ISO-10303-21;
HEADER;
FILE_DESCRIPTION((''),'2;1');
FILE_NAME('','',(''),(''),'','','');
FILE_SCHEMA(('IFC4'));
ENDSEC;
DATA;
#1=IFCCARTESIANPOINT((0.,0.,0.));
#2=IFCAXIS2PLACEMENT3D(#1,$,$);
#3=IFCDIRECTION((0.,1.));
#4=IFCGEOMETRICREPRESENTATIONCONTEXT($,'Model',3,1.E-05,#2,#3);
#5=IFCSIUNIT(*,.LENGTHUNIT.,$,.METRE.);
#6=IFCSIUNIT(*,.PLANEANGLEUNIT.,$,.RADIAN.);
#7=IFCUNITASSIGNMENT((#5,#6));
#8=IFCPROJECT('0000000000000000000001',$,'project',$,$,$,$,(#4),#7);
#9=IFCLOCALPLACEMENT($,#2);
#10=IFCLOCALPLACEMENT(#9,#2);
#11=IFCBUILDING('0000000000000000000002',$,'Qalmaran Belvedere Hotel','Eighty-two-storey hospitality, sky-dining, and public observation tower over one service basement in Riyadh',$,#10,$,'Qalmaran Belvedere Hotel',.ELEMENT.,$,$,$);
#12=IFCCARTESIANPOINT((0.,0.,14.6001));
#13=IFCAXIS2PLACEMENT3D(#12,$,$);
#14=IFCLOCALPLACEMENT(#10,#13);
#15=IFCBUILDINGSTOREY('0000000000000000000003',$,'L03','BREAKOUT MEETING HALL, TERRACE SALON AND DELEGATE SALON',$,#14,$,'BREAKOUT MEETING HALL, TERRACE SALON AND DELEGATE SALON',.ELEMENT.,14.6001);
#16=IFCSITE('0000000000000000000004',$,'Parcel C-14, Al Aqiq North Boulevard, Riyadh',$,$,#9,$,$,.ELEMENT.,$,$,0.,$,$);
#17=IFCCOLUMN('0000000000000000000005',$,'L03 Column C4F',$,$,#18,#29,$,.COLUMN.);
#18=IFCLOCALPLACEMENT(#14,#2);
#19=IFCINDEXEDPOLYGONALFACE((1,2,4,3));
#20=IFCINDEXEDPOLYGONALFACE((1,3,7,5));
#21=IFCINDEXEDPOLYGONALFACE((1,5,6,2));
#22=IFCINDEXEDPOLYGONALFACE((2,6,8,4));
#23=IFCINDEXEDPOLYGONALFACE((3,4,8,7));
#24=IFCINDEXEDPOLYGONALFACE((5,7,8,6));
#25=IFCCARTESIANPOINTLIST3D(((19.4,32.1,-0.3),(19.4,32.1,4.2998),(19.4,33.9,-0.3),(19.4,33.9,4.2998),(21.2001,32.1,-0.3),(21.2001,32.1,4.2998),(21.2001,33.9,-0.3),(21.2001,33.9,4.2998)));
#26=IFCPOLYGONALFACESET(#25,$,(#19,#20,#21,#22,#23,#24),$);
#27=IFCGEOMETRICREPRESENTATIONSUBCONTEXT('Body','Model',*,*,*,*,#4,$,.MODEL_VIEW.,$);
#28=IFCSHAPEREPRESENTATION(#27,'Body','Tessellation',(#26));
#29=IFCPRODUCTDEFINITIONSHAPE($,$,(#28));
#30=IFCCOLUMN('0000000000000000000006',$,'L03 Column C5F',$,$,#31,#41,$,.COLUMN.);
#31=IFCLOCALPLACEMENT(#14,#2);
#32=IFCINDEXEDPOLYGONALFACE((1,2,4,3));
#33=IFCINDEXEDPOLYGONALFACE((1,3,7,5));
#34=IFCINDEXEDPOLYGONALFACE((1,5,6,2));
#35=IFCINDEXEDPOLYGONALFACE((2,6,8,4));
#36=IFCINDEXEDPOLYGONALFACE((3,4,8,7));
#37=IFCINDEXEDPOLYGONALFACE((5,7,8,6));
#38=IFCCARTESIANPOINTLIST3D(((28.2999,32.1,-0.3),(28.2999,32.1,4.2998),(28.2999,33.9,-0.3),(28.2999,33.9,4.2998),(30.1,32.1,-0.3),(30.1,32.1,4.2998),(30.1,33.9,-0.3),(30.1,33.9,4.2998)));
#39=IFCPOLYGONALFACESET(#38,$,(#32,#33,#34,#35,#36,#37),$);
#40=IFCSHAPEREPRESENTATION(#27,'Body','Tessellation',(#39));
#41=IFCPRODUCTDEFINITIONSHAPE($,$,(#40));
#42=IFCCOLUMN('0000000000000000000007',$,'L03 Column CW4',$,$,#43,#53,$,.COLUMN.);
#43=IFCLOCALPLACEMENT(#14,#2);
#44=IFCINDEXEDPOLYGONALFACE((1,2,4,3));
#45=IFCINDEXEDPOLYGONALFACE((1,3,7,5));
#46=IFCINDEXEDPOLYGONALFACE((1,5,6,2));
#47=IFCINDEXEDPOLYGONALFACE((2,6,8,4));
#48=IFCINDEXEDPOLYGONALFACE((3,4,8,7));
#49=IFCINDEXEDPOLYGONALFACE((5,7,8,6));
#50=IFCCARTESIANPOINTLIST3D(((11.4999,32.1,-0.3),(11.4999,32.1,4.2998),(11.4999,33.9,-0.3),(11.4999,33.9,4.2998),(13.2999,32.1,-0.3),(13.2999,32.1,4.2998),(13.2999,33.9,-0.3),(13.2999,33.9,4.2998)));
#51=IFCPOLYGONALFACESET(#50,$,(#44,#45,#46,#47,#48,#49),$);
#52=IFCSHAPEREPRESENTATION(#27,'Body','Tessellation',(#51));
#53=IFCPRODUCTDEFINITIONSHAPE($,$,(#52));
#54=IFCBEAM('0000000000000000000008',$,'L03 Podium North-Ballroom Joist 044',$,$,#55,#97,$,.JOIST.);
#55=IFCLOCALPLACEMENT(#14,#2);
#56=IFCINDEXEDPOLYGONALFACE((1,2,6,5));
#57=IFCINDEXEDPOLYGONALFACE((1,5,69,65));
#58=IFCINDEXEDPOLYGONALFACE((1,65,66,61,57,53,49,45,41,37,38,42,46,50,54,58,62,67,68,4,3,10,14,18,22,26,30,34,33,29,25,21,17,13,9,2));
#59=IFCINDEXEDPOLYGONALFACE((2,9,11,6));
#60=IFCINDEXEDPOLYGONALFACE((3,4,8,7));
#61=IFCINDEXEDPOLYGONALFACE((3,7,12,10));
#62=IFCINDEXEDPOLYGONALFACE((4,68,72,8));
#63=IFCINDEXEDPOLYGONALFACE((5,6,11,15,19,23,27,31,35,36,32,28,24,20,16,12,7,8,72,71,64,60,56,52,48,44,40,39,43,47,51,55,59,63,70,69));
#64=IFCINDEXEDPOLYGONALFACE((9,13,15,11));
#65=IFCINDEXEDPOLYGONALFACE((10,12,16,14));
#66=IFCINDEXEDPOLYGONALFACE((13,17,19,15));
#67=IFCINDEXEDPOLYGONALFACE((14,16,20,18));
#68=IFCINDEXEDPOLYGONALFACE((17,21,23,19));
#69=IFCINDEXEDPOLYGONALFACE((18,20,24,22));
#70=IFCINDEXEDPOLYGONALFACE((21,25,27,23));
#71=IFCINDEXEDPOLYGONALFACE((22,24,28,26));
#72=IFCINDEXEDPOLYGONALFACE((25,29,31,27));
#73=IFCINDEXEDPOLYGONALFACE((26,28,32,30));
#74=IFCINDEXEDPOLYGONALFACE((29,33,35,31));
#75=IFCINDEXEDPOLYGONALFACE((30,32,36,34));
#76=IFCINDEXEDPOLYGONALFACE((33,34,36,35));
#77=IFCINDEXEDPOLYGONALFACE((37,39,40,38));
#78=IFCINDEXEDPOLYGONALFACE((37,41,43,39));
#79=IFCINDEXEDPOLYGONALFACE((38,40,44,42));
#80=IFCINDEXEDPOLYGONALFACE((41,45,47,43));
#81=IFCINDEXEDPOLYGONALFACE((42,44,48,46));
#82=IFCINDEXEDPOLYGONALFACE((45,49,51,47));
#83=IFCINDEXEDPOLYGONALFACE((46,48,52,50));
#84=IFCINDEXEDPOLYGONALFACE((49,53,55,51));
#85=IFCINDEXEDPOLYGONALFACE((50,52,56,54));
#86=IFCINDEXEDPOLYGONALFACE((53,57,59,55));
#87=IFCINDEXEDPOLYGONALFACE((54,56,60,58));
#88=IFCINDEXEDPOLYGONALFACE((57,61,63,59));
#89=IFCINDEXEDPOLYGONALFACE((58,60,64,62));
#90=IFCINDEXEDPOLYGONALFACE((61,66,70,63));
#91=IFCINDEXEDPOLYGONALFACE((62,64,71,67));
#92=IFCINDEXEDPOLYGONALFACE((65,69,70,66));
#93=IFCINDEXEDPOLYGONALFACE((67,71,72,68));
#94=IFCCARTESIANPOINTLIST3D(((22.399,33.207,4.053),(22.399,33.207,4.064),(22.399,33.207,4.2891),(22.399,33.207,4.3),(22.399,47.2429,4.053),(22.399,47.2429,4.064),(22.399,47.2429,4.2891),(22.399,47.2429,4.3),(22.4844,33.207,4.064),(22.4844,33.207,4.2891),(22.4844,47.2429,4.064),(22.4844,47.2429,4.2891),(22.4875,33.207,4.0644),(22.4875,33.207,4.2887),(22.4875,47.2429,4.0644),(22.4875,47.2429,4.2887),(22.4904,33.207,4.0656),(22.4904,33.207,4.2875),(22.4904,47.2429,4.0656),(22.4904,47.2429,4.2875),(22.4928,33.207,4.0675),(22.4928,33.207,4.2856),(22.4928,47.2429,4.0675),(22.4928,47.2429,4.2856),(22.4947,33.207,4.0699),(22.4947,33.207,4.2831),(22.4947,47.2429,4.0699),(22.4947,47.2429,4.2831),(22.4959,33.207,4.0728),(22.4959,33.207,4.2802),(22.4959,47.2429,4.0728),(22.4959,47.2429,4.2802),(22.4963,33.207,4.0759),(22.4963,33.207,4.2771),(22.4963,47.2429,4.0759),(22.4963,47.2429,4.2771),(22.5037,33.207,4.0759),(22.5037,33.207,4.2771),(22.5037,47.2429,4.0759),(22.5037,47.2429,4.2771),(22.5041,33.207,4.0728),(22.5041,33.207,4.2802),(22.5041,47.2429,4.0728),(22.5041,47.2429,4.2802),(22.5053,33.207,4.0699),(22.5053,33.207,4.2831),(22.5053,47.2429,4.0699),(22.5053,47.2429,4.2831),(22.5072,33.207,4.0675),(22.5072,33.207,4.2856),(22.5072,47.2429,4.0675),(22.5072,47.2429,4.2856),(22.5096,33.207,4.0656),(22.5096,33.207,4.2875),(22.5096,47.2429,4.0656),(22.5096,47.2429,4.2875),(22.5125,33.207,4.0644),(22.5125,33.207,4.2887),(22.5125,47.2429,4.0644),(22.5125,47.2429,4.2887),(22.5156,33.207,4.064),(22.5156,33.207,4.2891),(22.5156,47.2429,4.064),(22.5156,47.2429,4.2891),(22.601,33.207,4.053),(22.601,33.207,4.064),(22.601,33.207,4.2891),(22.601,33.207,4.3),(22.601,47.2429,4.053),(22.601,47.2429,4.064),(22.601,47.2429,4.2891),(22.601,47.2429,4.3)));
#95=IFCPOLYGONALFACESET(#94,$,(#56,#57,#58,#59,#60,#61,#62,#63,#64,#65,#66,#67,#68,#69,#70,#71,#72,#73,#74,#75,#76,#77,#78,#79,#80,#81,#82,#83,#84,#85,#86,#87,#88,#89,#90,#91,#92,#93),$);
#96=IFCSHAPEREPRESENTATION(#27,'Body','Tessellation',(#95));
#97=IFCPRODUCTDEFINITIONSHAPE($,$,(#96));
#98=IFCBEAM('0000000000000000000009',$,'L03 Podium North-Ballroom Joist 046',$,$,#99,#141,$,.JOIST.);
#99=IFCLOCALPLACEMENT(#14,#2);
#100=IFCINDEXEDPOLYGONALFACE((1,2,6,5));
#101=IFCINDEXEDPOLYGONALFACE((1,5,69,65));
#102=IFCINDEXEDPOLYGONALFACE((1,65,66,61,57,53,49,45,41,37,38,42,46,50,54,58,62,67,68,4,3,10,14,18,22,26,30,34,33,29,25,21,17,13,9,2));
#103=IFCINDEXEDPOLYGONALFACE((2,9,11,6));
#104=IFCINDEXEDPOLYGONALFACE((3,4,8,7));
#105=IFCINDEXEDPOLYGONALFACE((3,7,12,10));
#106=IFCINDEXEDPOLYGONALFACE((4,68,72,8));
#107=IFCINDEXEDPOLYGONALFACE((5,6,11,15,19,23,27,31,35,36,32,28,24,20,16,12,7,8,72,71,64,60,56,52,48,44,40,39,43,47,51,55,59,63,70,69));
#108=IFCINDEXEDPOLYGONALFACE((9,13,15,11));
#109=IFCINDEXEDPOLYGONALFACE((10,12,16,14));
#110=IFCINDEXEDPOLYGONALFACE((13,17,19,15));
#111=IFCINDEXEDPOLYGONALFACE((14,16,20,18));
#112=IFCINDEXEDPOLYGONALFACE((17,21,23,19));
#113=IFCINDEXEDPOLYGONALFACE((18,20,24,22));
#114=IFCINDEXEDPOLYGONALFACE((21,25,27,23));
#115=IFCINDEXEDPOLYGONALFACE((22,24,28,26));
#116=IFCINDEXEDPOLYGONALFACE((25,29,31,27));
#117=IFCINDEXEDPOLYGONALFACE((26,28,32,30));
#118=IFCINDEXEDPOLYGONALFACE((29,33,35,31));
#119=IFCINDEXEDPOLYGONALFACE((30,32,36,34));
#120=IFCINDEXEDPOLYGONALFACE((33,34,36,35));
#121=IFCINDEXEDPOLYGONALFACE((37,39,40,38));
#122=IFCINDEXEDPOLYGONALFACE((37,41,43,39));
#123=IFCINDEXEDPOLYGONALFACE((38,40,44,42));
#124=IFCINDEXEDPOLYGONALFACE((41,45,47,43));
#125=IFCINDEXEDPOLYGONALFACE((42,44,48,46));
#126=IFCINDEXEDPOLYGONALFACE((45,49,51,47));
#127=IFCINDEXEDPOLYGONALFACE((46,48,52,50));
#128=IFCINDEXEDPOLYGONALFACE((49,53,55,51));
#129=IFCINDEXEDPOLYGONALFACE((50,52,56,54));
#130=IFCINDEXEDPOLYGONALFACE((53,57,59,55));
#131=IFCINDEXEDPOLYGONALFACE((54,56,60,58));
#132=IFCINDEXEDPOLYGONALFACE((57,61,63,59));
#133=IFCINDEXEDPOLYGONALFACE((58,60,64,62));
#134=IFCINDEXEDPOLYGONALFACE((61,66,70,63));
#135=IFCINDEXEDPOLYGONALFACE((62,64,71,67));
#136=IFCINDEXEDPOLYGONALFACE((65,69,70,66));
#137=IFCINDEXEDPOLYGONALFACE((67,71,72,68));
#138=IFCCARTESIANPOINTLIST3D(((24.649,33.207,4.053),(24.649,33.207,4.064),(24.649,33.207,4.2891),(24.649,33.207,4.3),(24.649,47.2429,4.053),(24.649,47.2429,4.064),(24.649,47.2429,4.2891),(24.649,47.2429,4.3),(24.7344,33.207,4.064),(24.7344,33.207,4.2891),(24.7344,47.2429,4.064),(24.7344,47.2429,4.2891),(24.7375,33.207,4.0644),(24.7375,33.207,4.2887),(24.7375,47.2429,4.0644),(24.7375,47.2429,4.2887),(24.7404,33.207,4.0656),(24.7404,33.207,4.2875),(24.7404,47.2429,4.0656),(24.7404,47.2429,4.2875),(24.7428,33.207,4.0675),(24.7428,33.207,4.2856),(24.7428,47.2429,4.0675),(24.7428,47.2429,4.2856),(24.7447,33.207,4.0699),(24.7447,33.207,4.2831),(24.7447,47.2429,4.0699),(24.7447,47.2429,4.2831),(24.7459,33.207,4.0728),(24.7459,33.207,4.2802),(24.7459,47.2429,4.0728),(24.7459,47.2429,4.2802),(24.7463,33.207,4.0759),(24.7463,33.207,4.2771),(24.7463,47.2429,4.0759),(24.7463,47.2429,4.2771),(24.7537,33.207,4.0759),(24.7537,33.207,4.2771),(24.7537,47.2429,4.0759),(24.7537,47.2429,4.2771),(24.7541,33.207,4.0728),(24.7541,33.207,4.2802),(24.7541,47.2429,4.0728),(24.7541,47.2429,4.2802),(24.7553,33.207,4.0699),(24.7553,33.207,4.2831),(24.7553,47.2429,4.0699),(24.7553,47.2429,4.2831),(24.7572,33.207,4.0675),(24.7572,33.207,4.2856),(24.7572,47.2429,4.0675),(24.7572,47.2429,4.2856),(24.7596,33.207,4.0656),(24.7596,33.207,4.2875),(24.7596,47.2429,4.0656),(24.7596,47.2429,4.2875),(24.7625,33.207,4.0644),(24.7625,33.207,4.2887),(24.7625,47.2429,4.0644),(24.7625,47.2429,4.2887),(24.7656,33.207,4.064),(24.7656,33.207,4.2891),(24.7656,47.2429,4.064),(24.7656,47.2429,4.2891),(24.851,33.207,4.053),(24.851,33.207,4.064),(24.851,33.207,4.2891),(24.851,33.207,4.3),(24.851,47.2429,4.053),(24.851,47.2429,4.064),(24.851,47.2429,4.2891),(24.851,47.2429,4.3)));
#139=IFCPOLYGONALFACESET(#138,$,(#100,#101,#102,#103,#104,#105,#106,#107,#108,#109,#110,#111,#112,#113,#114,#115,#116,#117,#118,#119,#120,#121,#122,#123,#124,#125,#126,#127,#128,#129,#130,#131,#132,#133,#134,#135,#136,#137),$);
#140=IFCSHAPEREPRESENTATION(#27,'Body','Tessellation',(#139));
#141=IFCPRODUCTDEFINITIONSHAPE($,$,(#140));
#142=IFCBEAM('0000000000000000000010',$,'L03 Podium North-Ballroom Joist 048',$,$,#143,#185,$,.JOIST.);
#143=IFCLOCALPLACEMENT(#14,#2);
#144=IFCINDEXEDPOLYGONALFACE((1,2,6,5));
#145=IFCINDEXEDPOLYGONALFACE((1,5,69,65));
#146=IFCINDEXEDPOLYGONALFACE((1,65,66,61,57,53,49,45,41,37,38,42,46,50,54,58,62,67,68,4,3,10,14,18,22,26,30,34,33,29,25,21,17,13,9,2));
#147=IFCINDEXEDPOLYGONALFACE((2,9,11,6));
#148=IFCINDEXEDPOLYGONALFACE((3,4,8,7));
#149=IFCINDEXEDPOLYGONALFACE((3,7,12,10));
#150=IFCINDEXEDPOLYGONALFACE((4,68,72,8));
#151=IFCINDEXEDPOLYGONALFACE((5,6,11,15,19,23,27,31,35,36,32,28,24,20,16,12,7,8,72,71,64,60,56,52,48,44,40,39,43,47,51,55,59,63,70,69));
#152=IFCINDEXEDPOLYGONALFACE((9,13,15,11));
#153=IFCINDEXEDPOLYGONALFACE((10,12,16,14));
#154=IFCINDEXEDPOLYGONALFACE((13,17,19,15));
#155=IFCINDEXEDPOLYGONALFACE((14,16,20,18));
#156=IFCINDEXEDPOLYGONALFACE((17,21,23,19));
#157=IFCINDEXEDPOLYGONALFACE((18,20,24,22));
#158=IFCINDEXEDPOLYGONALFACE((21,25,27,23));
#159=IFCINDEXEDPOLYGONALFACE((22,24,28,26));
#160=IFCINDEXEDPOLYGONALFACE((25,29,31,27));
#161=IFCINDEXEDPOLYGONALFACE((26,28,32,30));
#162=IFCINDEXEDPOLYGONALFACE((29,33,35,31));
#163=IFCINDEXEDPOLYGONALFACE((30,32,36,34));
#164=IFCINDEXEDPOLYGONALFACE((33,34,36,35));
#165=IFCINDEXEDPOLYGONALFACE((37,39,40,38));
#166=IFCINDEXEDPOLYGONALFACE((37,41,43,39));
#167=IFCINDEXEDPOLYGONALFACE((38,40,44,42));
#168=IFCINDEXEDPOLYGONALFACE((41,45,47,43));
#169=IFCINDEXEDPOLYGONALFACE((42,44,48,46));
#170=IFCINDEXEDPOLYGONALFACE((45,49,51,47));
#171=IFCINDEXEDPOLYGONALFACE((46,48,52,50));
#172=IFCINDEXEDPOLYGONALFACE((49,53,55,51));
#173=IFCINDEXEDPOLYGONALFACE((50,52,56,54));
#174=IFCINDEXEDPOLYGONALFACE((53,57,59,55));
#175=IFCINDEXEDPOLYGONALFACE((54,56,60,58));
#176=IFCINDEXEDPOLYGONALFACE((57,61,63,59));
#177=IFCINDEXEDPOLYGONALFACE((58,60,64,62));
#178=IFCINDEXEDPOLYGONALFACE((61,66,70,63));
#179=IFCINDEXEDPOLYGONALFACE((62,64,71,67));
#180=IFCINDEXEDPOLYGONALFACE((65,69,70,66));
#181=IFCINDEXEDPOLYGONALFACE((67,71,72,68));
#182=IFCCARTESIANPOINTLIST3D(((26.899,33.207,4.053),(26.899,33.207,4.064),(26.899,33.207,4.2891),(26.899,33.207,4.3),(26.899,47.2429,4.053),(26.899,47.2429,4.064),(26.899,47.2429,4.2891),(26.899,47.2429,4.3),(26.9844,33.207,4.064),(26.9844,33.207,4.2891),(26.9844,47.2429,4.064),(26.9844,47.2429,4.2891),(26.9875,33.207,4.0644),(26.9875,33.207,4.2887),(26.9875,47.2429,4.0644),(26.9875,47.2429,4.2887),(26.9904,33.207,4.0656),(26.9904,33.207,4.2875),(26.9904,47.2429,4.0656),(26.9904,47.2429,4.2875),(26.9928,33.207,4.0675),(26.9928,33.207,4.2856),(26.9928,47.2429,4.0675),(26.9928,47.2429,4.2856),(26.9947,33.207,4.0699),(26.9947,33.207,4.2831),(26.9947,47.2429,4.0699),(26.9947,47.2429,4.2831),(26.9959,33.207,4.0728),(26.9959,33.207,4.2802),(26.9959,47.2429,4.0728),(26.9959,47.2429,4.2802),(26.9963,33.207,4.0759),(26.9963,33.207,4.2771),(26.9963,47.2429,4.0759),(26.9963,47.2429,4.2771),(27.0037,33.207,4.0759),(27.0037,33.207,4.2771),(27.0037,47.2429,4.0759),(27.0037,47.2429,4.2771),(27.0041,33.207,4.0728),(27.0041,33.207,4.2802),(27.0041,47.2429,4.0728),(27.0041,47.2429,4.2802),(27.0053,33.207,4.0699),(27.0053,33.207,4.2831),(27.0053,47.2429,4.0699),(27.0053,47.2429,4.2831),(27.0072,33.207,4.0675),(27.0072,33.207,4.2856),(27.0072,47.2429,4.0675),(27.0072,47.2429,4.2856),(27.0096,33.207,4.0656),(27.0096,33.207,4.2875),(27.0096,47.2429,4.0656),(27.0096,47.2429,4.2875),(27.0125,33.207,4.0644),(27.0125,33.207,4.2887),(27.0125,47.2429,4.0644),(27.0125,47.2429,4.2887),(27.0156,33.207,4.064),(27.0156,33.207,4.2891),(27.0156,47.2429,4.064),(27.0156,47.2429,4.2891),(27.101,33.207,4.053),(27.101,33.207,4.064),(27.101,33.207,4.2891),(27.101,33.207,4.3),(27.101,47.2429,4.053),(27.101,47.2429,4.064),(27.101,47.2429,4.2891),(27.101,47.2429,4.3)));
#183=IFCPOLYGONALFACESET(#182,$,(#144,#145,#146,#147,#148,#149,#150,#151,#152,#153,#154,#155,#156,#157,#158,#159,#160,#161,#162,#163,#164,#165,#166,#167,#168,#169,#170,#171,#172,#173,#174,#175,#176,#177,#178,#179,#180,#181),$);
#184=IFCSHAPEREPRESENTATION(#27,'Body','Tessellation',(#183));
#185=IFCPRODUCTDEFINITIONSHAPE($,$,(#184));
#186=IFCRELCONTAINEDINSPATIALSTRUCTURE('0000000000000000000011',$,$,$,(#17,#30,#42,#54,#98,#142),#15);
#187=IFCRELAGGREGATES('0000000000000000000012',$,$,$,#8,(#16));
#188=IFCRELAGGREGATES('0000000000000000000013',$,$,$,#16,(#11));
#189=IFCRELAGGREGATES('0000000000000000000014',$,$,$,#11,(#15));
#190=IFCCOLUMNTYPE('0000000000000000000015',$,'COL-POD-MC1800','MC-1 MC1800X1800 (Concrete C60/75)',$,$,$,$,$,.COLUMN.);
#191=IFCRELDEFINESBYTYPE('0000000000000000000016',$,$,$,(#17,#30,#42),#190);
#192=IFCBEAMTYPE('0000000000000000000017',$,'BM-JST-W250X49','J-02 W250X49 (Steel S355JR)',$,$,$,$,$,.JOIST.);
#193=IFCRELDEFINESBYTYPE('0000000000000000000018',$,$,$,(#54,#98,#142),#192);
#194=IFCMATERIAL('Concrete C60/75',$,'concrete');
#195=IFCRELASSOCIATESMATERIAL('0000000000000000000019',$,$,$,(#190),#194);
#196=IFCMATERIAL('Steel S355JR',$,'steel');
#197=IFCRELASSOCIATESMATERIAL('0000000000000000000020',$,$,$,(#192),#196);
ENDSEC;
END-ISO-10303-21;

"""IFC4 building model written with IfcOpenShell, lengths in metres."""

from ifc_helpers import new_model, si_unit, direction, frame, origin, origin_2d, place, context, subcontext, project, spatial, rectangle, i_section, extrude, material, material_profile, profile_set, type_object, element, save


model = new_model("IFC4")

# Units and contexts
model_context = context("Model", 3, precision=1e-05, world=origin(), true_north=direction((0.0, 1.0)))
body_context = subcontext(model_context, "Body", "Model", "MODEL_VIEW")
ifc_project = project(units=[si_unit("LENGTHUNIT", "METRE"), si_unit("PLANEANGLEUNIT", "RADIAN")], contexts=[model_context])

# Site, building, storey
site_placement = place(None, origin())
site = spatial("IfcSite", under=ifc_project, at=site_placement, Name="Parcel C-14, Al Aqiq North Boulevard, Riyadh", CompositionType="ELEMENT", RefElevation=0.0)
building_placement = place(site_placement, origin())
building = spatial("IfcBuilding", under=site, at=building_placement, Name="Qalmaran Belvedere Hotel", Description="Eighty-two-storey hospitality, sky-dining, and public observation tower over one service basement in Riyadh", LongName="Qalmaran Belvedere Hotel", CompositionType="ELEMENT")
storey_placement = place(building_placement, frame((0.0, 0.0, 14.6001)))
storey = spatial("IfcBuildingStorey", under=building, at=storey_placement, Name="L03", Description="BREAKOUT MEETING HALL, TERRACE SALON AND DELEGATE SALON", LongName="BREAKOUT MEETING HALL, TERRACE SALON AND DELEGATE SALON", CompositionType="ELEMENT", Elevation=14.6001)

# Columns
ifc_material_1 = material(Name="Concrete C60/75", Category="concrete")
ifc_material_profile_1 = material_profile(ifc_material_1, rectangle(XDim=1.8, YDim=1.8, at=origin_2d()), Name="MC1800X1800")
ifc_profile_set_1 = profile_set([ifc_material_profile_1], Name="Concrete C60/75")
column_type = type_object("IfcColumnType", Name="COL-POD-MC1800", Description="MC-1 MC1800X1800 (Concrete C60/75)", PredefinedType="COLUMN", material=ifc_profile_set_1)
for number, where, z_axis, x_axis, name in (
    (1, (20.3, 33.0, -0.3), (0.0, 0.0, 1.0), (1.0, 0.0, 0.0), "L03 Column C4F"),
    (2, (29.2, 33.0, -0.3), (0.0, 0.0, 1.0), (1.0, 0.0, 0.0), "L03 Column C5F"),
    (3, (12.3999, 33.0, -0.3), (0.0, 0.0, 1.0), (1.0, 0.0, 0.0), "L03 Column CW4"),
):
    element("IfcColumn", number, at=place(storey_placement, frame(where, z_axis=z_axis, x_axis=x_axis)), inside=storey, type_object=column_type, Name=name, PredefinedType="COLUMN", context=body_context, shape_type="SweptSolid", body=[
        extrude(rectangle(XDim=1.8, YDim=1.8, at=origin_2d()), origin(), (0.0, 0.0, 1.0), 4.5999),
    ])

# Beams
ifc_material_2 = material(Name="Steel S355JR", Category="steel")
ifc_material_profile_2 = material_profile(ifc_material_2, i_section(OverallWidth=0.2019, OverallDepth=0.2471, WebThickness=0.0073, FlangeThickness=0.011, FilletRadius=0.012, at=origin_2d()), Name="W250X49")
ifc_profile_set_2 = profile_set([ifc_material_profile_2], Name="Steel S355JR")
beam_type_1 = type_object("IfcBeamType", Name="BM-JST-W250X49", Description="J-02 W250X49 (Steel S355JR)", PredefinedType="JOIST", material=ifc_profile_set_2)
for number, where, z_axis, x_axis, name in (
    (4, (22.5, 33.207, 4.1765), (0.0, 1.0, 0.0), (-1.0, 0.0, 0.0), "L03 Podium North-Ballroom Joist 044"),
    (5, (24.75, 33.207, 4.1765), (0.0, 1.0, 0.0), (-1.0, 0.0, 0.0), "L03 Podium North-Ballroom Joist 046"),
    (6, (27.0, 33.207, 4.1765), (0.0, 1.0, 0.0), (-1.0, 0.0, 0.0), "L03 Podium North-Ballroom Joist 048"),
):
    element("IfcBeam", number, at=place(storey_placement, frame(where, z_axis=z_axis, x_axis=x_axis)), inside=storey, type_object=beam_type_1, Name=name, PredefinedType="JOIST", context=body_context, shape_type="SweptSolid", body=[
        extrude(i_section(OverallWidth=0.2019, OverallDepth=0.2471, WebThickness=0.0073, FlangeThickness=0.011, FilletRadius=0.012, at=origin_2d()), origin(), (0.0, 0.0, 1.0), 14.0359),
    ])

save(model, "model.ifc")
